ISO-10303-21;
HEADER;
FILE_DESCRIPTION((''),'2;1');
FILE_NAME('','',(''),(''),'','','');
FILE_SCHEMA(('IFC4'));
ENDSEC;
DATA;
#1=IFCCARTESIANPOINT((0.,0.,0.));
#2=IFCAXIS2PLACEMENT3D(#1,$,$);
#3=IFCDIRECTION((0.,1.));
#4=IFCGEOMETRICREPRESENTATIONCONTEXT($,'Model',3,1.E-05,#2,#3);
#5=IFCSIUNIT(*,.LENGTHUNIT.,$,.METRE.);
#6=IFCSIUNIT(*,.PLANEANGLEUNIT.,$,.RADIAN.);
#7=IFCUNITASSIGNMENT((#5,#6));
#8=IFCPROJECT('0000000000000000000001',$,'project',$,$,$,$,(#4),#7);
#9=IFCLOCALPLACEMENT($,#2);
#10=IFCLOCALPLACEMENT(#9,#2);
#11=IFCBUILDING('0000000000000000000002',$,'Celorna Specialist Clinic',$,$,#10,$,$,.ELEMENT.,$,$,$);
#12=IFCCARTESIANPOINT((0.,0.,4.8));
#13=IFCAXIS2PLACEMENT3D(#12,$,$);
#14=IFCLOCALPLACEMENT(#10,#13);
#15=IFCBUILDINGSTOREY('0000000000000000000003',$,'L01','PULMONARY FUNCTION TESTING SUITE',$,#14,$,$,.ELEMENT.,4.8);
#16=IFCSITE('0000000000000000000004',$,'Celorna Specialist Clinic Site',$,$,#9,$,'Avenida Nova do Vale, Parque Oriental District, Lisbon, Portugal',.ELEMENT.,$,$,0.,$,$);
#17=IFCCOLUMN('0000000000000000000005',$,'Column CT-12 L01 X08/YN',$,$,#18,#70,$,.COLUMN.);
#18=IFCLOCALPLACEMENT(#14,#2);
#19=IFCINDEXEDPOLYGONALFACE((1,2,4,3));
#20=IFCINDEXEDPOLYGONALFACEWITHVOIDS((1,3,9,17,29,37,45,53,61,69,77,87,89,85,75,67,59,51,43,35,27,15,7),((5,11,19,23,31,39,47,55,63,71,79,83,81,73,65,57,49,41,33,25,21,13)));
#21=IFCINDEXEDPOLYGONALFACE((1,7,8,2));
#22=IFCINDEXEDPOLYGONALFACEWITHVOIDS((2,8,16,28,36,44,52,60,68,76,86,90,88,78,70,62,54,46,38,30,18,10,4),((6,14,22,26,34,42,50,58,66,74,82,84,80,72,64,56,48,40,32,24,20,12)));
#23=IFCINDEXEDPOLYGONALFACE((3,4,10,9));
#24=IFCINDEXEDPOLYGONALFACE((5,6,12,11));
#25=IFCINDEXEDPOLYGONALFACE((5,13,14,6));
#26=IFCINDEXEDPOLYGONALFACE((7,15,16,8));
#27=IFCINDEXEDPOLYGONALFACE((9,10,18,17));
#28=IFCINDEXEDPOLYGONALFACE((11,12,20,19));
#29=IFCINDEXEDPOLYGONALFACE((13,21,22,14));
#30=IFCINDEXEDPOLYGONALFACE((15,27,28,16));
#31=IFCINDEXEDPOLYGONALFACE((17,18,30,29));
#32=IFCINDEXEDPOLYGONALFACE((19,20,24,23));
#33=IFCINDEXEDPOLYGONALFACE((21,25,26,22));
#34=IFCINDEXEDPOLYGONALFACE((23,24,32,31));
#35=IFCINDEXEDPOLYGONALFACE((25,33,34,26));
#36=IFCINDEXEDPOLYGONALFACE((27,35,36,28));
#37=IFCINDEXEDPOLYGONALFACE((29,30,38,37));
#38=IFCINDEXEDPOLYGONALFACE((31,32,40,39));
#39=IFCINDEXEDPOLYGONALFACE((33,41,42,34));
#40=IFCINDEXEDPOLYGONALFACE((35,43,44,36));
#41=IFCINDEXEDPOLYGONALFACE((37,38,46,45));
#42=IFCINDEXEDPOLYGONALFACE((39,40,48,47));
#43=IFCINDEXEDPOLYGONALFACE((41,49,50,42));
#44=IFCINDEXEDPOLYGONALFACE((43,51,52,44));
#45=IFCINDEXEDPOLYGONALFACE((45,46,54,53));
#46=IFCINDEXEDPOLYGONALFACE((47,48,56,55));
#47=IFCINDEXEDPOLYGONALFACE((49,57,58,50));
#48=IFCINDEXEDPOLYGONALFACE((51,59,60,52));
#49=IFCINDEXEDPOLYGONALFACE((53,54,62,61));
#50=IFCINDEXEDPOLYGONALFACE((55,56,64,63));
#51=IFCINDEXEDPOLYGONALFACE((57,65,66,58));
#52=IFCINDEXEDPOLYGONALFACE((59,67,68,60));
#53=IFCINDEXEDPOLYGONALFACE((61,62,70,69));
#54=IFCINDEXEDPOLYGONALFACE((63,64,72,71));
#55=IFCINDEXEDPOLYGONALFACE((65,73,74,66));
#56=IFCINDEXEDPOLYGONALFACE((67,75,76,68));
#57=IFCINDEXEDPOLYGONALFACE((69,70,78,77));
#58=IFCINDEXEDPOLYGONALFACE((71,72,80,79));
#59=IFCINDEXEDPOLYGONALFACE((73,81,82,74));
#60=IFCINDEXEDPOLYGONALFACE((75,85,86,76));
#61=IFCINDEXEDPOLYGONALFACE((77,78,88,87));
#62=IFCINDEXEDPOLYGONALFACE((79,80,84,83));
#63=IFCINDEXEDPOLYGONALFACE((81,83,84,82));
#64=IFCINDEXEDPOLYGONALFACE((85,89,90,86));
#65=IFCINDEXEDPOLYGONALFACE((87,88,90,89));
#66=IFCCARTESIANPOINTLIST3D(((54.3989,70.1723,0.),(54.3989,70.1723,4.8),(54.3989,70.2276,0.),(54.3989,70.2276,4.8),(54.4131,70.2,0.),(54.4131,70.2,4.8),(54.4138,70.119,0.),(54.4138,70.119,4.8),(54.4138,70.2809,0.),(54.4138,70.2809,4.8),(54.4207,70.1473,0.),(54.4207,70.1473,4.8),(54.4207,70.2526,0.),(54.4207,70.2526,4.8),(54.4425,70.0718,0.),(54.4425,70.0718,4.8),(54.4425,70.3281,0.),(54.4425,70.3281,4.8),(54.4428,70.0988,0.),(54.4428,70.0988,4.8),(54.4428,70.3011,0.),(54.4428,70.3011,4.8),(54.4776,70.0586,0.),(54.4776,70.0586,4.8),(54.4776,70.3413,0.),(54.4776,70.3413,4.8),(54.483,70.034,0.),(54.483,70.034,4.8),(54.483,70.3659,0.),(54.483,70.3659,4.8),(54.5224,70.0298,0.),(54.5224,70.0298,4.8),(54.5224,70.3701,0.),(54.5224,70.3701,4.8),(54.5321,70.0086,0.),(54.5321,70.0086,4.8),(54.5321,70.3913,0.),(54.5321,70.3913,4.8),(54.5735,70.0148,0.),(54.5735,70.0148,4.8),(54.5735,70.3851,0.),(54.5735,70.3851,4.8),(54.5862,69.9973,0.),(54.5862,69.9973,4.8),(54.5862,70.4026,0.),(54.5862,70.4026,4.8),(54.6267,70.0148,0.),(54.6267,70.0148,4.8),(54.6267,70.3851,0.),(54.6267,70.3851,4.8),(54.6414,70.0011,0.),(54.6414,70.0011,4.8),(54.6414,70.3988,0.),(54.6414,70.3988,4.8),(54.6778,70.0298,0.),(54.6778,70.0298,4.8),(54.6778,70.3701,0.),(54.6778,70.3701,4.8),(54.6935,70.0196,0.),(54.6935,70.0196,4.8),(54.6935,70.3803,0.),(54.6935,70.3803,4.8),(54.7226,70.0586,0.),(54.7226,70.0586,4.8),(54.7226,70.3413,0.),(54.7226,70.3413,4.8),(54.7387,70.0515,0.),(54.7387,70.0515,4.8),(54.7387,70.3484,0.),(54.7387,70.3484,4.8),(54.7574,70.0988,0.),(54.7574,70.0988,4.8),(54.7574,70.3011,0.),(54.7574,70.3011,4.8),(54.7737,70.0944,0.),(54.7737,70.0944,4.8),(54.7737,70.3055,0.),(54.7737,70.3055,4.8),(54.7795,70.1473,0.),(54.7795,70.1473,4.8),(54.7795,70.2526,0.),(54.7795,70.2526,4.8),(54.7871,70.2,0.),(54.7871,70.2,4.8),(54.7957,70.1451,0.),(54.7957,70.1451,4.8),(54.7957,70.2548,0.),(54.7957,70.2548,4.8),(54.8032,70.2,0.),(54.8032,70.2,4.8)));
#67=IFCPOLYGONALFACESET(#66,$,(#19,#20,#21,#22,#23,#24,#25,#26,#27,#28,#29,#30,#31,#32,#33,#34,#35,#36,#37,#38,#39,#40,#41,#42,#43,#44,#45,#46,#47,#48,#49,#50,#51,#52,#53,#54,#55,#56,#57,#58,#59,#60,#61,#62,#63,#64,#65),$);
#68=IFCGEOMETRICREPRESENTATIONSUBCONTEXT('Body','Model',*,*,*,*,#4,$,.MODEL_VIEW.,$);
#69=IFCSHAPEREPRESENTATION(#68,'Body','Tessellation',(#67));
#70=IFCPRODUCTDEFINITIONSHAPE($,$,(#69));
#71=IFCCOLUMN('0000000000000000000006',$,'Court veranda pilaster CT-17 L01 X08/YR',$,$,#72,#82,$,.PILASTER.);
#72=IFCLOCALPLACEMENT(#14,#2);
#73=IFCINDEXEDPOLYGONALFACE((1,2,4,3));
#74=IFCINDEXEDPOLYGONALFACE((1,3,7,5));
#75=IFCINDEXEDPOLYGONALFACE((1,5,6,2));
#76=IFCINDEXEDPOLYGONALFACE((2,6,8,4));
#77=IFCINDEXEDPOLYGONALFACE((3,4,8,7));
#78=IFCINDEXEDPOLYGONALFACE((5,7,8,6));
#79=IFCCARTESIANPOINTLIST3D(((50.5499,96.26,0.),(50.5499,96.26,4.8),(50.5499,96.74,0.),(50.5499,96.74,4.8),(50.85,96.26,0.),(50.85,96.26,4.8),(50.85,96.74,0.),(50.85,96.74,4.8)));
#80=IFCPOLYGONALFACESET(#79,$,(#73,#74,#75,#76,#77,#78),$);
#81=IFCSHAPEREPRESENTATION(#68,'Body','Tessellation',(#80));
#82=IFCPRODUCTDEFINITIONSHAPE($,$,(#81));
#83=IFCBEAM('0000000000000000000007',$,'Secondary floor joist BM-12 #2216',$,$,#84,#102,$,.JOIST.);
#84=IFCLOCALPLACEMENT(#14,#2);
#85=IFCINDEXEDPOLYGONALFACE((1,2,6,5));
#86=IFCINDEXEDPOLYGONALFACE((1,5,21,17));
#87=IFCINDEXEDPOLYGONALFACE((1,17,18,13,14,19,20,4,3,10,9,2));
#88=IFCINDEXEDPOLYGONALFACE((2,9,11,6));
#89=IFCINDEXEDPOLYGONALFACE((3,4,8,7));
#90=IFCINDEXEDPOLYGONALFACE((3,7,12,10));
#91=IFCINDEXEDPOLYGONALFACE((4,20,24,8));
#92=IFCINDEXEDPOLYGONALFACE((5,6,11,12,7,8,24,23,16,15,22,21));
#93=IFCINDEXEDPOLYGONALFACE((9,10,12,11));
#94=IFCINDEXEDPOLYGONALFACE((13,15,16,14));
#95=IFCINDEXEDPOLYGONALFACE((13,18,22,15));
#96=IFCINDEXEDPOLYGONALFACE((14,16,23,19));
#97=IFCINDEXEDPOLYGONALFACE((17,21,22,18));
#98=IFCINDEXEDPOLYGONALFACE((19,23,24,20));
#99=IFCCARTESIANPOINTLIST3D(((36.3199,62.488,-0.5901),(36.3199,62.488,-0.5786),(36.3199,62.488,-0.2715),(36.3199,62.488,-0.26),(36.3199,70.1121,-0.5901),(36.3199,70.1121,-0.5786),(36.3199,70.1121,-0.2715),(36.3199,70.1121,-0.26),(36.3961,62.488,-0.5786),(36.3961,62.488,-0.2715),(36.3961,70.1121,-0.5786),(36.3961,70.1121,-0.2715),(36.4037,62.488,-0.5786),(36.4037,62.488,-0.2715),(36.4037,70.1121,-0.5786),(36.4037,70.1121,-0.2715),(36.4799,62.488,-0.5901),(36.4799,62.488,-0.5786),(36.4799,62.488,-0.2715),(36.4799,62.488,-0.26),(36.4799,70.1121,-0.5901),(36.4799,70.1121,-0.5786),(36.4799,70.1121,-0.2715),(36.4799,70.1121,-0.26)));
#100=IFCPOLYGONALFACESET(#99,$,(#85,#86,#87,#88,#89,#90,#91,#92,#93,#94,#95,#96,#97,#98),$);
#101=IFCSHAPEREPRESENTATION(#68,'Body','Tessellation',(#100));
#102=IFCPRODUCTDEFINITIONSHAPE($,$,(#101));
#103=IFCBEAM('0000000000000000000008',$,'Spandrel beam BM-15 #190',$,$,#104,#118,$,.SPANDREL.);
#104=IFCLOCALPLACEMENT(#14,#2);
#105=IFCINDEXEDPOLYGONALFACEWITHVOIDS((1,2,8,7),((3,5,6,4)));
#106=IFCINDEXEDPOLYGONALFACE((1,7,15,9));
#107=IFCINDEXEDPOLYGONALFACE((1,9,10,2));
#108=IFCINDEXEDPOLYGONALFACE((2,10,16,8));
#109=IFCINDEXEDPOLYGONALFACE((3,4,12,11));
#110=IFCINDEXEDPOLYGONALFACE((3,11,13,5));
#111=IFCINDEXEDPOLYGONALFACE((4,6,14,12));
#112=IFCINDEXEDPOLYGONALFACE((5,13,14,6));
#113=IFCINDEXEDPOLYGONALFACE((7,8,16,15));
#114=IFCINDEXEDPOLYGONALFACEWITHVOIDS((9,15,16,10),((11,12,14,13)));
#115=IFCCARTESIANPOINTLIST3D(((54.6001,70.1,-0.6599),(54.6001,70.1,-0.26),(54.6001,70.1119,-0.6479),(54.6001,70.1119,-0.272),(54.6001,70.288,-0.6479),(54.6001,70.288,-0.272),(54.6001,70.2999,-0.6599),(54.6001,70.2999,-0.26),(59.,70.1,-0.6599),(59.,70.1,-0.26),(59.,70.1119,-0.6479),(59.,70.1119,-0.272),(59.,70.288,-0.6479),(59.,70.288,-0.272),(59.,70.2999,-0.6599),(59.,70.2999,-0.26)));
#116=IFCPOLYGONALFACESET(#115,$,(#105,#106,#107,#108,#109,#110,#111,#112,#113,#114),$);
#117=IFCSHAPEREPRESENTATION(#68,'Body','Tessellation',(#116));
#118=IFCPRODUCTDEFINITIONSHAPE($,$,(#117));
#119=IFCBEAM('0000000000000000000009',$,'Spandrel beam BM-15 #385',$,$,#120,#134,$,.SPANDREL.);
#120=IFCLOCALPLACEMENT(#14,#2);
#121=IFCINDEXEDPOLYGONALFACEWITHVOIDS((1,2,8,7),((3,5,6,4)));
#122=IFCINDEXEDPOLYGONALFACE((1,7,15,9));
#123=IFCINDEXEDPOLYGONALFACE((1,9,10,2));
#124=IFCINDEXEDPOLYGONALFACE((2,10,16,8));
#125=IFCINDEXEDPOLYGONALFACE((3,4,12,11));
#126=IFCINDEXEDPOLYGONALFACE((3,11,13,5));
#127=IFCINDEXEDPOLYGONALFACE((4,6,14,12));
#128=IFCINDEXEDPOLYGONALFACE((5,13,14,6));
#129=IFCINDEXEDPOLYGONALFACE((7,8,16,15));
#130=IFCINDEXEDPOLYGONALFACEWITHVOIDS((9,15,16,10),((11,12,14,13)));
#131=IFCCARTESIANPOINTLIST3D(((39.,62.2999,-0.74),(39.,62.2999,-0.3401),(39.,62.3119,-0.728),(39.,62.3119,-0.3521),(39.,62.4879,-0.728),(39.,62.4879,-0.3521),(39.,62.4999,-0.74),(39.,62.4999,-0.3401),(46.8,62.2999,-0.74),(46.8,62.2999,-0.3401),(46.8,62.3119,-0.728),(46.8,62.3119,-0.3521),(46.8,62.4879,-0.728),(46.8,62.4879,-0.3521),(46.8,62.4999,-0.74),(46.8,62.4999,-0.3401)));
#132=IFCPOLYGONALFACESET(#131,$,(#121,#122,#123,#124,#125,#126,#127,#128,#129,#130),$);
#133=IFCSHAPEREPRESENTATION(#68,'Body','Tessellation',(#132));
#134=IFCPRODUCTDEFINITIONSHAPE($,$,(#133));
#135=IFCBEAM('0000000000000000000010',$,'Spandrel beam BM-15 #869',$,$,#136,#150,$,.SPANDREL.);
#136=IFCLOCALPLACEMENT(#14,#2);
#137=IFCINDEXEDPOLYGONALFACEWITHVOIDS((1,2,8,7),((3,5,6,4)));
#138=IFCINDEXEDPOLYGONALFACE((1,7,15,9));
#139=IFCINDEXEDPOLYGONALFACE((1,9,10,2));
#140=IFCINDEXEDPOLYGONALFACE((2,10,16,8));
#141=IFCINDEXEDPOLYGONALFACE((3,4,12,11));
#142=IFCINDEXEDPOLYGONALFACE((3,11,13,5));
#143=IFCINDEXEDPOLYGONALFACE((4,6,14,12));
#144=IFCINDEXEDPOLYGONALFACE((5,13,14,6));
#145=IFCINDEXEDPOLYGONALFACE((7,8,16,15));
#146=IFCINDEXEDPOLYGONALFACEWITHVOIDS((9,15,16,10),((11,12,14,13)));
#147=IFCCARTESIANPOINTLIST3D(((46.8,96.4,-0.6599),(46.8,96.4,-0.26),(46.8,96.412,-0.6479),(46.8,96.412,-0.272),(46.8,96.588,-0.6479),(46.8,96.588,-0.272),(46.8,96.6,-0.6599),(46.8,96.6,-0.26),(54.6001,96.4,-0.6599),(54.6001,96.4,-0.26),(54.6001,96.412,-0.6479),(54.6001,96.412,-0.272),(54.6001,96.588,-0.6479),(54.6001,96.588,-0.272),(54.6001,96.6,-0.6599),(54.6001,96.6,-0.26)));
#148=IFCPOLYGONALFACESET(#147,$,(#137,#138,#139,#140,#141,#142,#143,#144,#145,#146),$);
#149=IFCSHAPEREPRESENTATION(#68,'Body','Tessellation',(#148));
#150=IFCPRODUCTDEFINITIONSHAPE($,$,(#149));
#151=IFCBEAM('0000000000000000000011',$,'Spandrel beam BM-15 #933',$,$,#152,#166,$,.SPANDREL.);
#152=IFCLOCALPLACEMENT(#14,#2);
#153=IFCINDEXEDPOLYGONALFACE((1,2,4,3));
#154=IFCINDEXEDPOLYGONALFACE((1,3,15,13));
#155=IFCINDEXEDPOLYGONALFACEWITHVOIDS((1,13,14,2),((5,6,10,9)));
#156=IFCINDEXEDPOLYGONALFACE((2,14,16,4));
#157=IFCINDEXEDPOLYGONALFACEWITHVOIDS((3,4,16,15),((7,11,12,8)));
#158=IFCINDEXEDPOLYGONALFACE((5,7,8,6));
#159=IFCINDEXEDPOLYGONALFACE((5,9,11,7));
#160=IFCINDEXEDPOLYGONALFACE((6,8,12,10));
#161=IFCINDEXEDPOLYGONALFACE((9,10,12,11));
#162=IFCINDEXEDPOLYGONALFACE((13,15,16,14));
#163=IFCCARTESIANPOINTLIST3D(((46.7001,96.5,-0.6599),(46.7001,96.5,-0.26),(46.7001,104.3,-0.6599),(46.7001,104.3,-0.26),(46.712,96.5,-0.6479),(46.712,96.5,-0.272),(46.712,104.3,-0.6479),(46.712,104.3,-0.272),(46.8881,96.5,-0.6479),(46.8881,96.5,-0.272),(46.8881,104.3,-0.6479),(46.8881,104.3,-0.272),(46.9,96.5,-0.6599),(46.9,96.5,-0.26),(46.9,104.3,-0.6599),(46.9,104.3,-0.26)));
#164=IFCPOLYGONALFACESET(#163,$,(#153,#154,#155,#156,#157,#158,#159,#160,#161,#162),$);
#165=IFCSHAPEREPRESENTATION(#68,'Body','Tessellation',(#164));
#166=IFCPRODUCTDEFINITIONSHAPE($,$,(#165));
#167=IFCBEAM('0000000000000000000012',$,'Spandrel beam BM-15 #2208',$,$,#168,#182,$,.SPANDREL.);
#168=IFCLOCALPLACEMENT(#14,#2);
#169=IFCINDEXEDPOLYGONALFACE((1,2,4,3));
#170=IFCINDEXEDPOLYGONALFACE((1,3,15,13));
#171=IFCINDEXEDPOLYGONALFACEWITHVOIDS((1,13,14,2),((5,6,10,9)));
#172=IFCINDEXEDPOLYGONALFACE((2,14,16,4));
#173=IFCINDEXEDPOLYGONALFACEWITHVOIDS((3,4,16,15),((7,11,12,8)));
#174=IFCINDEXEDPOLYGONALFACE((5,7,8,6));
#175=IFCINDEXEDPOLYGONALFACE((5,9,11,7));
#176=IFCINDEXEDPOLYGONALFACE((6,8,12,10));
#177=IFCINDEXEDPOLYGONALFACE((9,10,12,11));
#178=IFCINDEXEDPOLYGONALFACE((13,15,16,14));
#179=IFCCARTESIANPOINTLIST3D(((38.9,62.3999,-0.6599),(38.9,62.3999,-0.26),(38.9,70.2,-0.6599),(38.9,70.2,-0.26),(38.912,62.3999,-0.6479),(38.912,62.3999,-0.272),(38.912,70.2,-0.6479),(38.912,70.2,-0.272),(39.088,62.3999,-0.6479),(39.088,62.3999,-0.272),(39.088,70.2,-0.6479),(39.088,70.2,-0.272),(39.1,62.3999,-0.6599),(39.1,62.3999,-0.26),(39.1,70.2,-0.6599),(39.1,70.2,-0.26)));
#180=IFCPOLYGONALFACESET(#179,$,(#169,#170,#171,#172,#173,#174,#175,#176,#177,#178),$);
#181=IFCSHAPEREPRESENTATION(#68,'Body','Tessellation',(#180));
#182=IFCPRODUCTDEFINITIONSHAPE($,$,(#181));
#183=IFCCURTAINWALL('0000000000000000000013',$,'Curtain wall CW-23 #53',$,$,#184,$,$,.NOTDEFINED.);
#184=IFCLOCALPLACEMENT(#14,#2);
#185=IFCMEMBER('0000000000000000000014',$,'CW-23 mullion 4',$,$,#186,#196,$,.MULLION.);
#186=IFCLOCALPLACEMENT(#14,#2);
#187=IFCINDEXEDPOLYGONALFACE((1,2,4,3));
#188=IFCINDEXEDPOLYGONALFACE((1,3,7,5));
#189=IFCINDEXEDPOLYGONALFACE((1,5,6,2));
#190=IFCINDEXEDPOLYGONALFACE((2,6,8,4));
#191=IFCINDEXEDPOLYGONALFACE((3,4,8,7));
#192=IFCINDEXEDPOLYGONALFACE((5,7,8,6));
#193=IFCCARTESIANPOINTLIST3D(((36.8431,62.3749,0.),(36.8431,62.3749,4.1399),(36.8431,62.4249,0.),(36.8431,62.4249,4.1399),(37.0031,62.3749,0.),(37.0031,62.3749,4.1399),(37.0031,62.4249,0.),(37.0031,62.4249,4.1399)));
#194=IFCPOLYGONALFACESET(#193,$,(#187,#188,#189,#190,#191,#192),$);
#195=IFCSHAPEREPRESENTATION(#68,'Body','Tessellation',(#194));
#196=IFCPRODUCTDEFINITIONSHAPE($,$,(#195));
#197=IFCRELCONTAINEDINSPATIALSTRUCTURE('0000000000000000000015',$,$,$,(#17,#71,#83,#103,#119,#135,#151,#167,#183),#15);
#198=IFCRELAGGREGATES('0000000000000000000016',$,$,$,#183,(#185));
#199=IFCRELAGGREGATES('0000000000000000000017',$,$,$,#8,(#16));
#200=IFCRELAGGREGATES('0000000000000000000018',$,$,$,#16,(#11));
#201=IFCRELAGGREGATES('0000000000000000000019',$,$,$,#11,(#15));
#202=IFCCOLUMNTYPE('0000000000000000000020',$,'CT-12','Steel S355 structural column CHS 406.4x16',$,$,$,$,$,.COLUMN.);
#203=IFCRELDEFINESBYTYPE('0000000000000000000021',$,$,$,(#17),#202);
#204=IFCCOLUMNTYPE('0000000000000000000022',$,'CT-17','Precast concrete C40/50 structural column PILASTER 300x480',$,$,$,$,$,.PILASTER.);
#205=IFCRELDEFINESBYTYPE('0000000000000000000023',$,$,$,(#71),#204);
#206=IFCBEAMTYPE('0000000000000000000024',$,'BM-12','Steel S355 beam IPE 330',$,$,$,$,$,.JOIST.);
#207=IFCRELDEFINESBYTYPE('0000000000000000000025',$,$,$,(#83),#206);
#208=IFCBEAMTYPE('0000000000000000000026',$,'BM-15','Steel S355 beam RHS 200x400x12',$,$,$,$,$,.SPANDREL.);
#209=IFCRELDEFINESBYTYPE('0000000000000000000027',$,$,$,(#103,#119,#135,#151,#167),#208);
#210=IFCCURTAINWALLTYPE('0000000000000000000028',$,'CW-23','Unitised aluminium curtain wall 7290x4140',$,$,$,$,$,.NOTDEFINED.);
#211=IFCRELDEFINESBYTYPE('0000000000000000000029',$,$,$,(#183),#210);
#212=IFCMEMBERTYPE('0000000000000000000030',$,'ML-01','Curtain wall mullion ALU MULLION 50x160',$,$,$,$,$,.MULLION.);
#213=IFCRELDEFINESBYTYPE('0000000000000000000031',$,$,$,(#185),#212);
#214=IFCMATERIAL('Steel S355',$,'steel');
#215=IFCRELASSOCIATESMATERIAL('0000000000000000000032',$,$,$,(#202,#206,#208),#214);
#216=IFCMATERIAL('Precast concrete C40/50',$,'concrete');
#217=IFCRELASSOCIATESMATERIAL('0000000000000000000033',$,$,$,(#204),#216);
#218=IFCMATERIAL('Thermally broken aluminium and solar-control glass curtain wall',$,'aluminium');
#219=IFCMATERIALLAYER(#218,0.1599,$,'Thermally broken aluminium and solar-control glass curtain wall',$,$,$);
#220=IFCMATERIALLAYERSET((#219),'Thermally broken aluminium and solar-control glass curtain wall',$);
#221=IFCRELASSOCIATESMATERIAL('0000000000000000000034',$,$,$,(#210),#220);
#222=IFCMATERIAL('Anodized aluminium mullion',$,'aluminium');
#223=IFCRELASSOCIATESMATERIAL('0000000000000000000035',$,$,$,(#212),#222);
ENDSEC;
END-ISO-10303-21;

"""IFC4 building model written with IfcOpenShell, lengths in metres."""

from ifc_helpers import new_model, si_unit, direction, frame, origin, origin_2d, place, context, subcontext, project, spatial, rectangle, hollow_rectangle, hollow_circle, i_section, extrude, material, layer, layer_set, material_profile, profile_set, type_object, element, aggregate, save


model = new_model("IFC4")

# Units and contexts
model_context = context("Model", 3, precision=1e-05, world=origin(), true_north=direction((0.0, 1.0)))
body_context = subcontext(model_context, "Body", "Model", "MODEL_VIEW")
ifc_project = project(units=[si_unit("LENGTHUNIT", "METRE"), si_unit("PLANEANGLEUNIT", "RADIAN")], contexts=[model_context])

# Site, building, storey
site_placement = place(None, origin())
site = spatial("IfcSite", under=ifc_project, at=site_placement, Name="Celorna Specialist Clinic Site", LongName="Avenida Nova do Vale, Parque Oriental District, Lisbon, Portugal", CompositionType="ELEMENT", RefElevation=0.0)
building_placement = place(site_placement, origin())
building = spatial("IfcBuilding", under=site, at=building_placement, Name="Celorna Specialist Clinic", CompositionType="ELEMENT")
storey_placement = place(building_placement, frame((0.0, 0.0, 4.8)))
storey = spatial("IfcBuildingStorey", under=building, at=storey_placement, Name="L01", Description="PULMONARY FUNCTION TESTING SUITE", CompositionType="ELEMENT", Elevation=4.8)

# Columns
ifc_material_1 = material(Name="Steel S355", Category="steel")
ifc_material_profile_1 = material_profile(ifc_material_1, hollow_circle(Radius=0.2031, WallThickness=0.0161, at=origin_2d()), Name="CHS 406.4x16")
ifc_profile_set_1 = profile_set([ifc_material_profile_1], Name="Steel S355")
column_type_1 = type_object("IfcColumnType", Name="CT-12", Description="Steel S355 structural column CHS 406.4x16", PredefinedType="COLUMN", material=ifc_profile_set_1)
for number, where, z_axis, x_axis, name in (
    (1, (54.6001, 70.2, 0.0), (0.0, 0.0, 1.0), (1.0, 0.0, 0.0), "Column CT-12 L01 X08/YN"),
):
    element("IfcColumn", number, at=place(storey_placement, frame(where, z_axis=z_axis, x_axis=x_axis)), inside=storey, type_object=column_type_1, Name=name, PredefinedType="COLUMN", context=body_context, shape_type="SweptSolid", body=[
        extrude(hollow_circle(Radius=0.2031, WallThickness=0.0161, at=origin_2d()), origin(), (0.0, 0.0, 1.0), 4.8),
    ])
ifc_material_2 = material(Name="Precast concrete C40/50", Category="concrete")
ifc_material_profile_2 = material_profile(ifc_material_2, rectangle(XDim=0.3, YDim=0.48, at=origin_2d()), Name="PILASTER 300x480")
ifc_profile_set_2 = profile_set([ifc_material_profile_2], Name="Precast concrete C40/50")
column_type_2 = type_object("IfcColumnType", Name="CT-17", Description="Precast concrete C40/50 structural column PILASTER 300x480", PredefinedType="PILASTER", material=ifc_profile_set_2)
column_1_placement = place(storey_placement, frame((50.7, 96.5, 0.0), z_axis=(0.0, 0.0, 1.0), x_axis=(1.0, 0.0, 0.0)))
element("IfcColumn", 2, at=column_1_placement, inside=storey, type_object=column_type_2, Name="Court veranda pilaster CT-17 L01 X08/YR", PredefinedType="PILASTER", context=body_context, shape_type="SweptSolid", body=[
    extrude(rectangle(XDim=0.3, YDim=0.48, at=origin_2d()), origin(), (0.0, 0.0, 1.0), 4.8),
])

# Beams
ifc_material_profile_3 = material_profile(ifc_material_1, i_section(OverallWidth=0.1599, OverallDepth=0.3301, WebThickness=0.0076, FlangeThickness=0.0115, at=origin_2d()), Name="IPE 330")
ifc_profile_set_3 = profile_set([ifc_material_profile_3], Name="Steel S355")
beam_type_1 = type_object("IfcBeamType", Name="BM-12", Description="Steel S355 beam IPE 330", PredefinedType="JOIST", material=ifc_profile_set_3)
beam_1_placement = place(storey_placement, frame((36.3999, 62.488, -0.425), z_axis=(0.0, 1.0, 0.0), x_axis=(-1.0, 0.0, 0.0)))
element("IfcBeam", 3, at=beam_1_placement, inside=storey, type_object=beam_type_1, Name="Secondary floor joist BM-12 #2216", PredefinedType="JOIST", context=body_context, shape_type="SweptSolid", body=[
    extrude(i_section(OverallWidth=0.1599, OverallDepth=0.3301, WebThickness=0.0076, FlangeThickness=0.0115, at=origin_2d()), origin(), (0.0, 0.0, 1.0), 7.624),
])
ifc_material_profile_4 = material_profile(ifc_material_1, hollow_rectangle(XDim=0.2, YDim=0.3999, WallThickness=0.012, at=origin_2d()), Name="RHS 200x400x12")
ifc_profile_set_4 = profile_set([ifc_material_profile_4], Name="Steel S355")
beam_type_2 = type_object("IfcBeamType", Name="BM-15", Description="Steel S355 beam RHS 200x400x12", PredefinedType="SPANDREL", material=ifc_profile_set_4)
beam_2_placement = place(storey_placement, frame((54.6001, 70.2, -0.46), z_axis=(1.0, 0.0, 0.0), x_axis=(0.0, 1.0, 0.0)))
element("IfcBeam", 4, at=beam_2_placement, inside=storey, type_object=beam_type_2, Name="Spandrel beam BM-15 #190", PredefinedType="SPANDREL", context=body_context, shape_type="SweptSolid", body=[
    extrude(hollow_rectangle(XDim=0.2, YDim=0.3999, WallThickness=0.012, at=origin_2d()), origin(), (0.0, 0.0, 1.0), 4.3999),
])
for number, where, z_axis, x_axis, name in (
    (5, (39.0, 62.3999, -0.54), (1.0, 0.0, 0.0), (0.0, 1.0, 0.0), "Spandrel beam BM-15 #385"),
    (6, (46.8, 96.5, -0.46), (1.0, 0.0, 0.0), (0.0, 1.0, 0.0), "Spandrel beam BM-15 #869"),
    (7, (46.8, 96.5, -0.46), (0.0, 1.0, 0.0), (-1.0, 0.0, 0.0), "Spandrel beam BM-15 #933"),
    (8, (39.0, 62.3999, -0.46), (0.0, 1.0, 0.0), (-1.0, 0.0, 0.0), "Spandrel beam BM-15 #2208"),
):
    element("IfcBeam", number, at=place(storey_placement, frame(where, z_axis=z_axis, x_axis=x_axis)), inside=storey, type_object=beam_type_2, Name=name, PredefinedType="SPANDREL", context=body_context, shape_type="SweptSolid", body=[
        extrude(hollow_rectangle(XDim=0.2, YDim=0.3999, WallThickness=0.012, at=origin_2d()), origin(), (0.0, 0.0, 1.0), 7.8),
    ])

# Curtain wall, member
ifc_material_3 = material(Name="Thermally broken aluminium and solar-control glass curtain wall", Category="aluminium")
ifc_layer_1 = layer(ifc_material_3, 0.1599, Name="Thermally broken aluminium and solar-control glass curtain wall")
ifc_layer_set_1 = layer_set([ifc_layer_1], Name="Thermally broken aluminium and solar-control glass curtain wall")
curtain_wall_type = type_object("IfcCurtainWallType", Name="CW-23", Description="Unitised aluminium curtain wall 7290x4140", PredefinedType="NOTDEFINED", material=ifc_layer_set_1)
curtain_wall_placement = place(storey_placement, origin())
curtain_wall = element("IfcCurtainWall", 9, at=curtain_wall_placement, inside=storey, type_object=curtain_wall_type, Name="Curtain wall CW-23 #53", PredefinedType="NOTDEFINED")
ifc_material_4 = material(Name="Anodized aluminium mullion", Category="aluminium")
ifc_material_profile_5 = material_profile(ifc_material_4, rectangle(XDim=0.05, YDim=0.1599, at=origin_2d()), Name="ALU MULLION 50x160")
ifc_profile_set_5 = profile_set([ifc_material_profile_5], Name="Anodized aluminium mullion")
member_type_1 = type_object("IfcMemberType", Name="ML-01", Description="Curtain wall mullion ALU MULLION 50x160", PredefinedType="MULLION", material=ifc_profile_set_5)
member_1_placement = place(storey_placement, frame((36.9231, 62.3999, 0.0), z_axis=(0.0, 0.0, 1.0), x_axis=(0.0, 1.0, 0.0)))
member_1 = element("IfcMember", 10, at=member_1_placement, type_object=member_type_1, Name="CW-23 mullion 4", PredefinedType="MULLION", context=body_context, shape_type="SweptSolid", body=[
    extrude(rectangle(XDim=0.05, YDim=0.1599, at=origin_2d()), origin(), (0.0, 0.0, 1.0), 4.1399),
])
aggregate(curtain_wall, [member_1])

save(model, "model.ifc")
